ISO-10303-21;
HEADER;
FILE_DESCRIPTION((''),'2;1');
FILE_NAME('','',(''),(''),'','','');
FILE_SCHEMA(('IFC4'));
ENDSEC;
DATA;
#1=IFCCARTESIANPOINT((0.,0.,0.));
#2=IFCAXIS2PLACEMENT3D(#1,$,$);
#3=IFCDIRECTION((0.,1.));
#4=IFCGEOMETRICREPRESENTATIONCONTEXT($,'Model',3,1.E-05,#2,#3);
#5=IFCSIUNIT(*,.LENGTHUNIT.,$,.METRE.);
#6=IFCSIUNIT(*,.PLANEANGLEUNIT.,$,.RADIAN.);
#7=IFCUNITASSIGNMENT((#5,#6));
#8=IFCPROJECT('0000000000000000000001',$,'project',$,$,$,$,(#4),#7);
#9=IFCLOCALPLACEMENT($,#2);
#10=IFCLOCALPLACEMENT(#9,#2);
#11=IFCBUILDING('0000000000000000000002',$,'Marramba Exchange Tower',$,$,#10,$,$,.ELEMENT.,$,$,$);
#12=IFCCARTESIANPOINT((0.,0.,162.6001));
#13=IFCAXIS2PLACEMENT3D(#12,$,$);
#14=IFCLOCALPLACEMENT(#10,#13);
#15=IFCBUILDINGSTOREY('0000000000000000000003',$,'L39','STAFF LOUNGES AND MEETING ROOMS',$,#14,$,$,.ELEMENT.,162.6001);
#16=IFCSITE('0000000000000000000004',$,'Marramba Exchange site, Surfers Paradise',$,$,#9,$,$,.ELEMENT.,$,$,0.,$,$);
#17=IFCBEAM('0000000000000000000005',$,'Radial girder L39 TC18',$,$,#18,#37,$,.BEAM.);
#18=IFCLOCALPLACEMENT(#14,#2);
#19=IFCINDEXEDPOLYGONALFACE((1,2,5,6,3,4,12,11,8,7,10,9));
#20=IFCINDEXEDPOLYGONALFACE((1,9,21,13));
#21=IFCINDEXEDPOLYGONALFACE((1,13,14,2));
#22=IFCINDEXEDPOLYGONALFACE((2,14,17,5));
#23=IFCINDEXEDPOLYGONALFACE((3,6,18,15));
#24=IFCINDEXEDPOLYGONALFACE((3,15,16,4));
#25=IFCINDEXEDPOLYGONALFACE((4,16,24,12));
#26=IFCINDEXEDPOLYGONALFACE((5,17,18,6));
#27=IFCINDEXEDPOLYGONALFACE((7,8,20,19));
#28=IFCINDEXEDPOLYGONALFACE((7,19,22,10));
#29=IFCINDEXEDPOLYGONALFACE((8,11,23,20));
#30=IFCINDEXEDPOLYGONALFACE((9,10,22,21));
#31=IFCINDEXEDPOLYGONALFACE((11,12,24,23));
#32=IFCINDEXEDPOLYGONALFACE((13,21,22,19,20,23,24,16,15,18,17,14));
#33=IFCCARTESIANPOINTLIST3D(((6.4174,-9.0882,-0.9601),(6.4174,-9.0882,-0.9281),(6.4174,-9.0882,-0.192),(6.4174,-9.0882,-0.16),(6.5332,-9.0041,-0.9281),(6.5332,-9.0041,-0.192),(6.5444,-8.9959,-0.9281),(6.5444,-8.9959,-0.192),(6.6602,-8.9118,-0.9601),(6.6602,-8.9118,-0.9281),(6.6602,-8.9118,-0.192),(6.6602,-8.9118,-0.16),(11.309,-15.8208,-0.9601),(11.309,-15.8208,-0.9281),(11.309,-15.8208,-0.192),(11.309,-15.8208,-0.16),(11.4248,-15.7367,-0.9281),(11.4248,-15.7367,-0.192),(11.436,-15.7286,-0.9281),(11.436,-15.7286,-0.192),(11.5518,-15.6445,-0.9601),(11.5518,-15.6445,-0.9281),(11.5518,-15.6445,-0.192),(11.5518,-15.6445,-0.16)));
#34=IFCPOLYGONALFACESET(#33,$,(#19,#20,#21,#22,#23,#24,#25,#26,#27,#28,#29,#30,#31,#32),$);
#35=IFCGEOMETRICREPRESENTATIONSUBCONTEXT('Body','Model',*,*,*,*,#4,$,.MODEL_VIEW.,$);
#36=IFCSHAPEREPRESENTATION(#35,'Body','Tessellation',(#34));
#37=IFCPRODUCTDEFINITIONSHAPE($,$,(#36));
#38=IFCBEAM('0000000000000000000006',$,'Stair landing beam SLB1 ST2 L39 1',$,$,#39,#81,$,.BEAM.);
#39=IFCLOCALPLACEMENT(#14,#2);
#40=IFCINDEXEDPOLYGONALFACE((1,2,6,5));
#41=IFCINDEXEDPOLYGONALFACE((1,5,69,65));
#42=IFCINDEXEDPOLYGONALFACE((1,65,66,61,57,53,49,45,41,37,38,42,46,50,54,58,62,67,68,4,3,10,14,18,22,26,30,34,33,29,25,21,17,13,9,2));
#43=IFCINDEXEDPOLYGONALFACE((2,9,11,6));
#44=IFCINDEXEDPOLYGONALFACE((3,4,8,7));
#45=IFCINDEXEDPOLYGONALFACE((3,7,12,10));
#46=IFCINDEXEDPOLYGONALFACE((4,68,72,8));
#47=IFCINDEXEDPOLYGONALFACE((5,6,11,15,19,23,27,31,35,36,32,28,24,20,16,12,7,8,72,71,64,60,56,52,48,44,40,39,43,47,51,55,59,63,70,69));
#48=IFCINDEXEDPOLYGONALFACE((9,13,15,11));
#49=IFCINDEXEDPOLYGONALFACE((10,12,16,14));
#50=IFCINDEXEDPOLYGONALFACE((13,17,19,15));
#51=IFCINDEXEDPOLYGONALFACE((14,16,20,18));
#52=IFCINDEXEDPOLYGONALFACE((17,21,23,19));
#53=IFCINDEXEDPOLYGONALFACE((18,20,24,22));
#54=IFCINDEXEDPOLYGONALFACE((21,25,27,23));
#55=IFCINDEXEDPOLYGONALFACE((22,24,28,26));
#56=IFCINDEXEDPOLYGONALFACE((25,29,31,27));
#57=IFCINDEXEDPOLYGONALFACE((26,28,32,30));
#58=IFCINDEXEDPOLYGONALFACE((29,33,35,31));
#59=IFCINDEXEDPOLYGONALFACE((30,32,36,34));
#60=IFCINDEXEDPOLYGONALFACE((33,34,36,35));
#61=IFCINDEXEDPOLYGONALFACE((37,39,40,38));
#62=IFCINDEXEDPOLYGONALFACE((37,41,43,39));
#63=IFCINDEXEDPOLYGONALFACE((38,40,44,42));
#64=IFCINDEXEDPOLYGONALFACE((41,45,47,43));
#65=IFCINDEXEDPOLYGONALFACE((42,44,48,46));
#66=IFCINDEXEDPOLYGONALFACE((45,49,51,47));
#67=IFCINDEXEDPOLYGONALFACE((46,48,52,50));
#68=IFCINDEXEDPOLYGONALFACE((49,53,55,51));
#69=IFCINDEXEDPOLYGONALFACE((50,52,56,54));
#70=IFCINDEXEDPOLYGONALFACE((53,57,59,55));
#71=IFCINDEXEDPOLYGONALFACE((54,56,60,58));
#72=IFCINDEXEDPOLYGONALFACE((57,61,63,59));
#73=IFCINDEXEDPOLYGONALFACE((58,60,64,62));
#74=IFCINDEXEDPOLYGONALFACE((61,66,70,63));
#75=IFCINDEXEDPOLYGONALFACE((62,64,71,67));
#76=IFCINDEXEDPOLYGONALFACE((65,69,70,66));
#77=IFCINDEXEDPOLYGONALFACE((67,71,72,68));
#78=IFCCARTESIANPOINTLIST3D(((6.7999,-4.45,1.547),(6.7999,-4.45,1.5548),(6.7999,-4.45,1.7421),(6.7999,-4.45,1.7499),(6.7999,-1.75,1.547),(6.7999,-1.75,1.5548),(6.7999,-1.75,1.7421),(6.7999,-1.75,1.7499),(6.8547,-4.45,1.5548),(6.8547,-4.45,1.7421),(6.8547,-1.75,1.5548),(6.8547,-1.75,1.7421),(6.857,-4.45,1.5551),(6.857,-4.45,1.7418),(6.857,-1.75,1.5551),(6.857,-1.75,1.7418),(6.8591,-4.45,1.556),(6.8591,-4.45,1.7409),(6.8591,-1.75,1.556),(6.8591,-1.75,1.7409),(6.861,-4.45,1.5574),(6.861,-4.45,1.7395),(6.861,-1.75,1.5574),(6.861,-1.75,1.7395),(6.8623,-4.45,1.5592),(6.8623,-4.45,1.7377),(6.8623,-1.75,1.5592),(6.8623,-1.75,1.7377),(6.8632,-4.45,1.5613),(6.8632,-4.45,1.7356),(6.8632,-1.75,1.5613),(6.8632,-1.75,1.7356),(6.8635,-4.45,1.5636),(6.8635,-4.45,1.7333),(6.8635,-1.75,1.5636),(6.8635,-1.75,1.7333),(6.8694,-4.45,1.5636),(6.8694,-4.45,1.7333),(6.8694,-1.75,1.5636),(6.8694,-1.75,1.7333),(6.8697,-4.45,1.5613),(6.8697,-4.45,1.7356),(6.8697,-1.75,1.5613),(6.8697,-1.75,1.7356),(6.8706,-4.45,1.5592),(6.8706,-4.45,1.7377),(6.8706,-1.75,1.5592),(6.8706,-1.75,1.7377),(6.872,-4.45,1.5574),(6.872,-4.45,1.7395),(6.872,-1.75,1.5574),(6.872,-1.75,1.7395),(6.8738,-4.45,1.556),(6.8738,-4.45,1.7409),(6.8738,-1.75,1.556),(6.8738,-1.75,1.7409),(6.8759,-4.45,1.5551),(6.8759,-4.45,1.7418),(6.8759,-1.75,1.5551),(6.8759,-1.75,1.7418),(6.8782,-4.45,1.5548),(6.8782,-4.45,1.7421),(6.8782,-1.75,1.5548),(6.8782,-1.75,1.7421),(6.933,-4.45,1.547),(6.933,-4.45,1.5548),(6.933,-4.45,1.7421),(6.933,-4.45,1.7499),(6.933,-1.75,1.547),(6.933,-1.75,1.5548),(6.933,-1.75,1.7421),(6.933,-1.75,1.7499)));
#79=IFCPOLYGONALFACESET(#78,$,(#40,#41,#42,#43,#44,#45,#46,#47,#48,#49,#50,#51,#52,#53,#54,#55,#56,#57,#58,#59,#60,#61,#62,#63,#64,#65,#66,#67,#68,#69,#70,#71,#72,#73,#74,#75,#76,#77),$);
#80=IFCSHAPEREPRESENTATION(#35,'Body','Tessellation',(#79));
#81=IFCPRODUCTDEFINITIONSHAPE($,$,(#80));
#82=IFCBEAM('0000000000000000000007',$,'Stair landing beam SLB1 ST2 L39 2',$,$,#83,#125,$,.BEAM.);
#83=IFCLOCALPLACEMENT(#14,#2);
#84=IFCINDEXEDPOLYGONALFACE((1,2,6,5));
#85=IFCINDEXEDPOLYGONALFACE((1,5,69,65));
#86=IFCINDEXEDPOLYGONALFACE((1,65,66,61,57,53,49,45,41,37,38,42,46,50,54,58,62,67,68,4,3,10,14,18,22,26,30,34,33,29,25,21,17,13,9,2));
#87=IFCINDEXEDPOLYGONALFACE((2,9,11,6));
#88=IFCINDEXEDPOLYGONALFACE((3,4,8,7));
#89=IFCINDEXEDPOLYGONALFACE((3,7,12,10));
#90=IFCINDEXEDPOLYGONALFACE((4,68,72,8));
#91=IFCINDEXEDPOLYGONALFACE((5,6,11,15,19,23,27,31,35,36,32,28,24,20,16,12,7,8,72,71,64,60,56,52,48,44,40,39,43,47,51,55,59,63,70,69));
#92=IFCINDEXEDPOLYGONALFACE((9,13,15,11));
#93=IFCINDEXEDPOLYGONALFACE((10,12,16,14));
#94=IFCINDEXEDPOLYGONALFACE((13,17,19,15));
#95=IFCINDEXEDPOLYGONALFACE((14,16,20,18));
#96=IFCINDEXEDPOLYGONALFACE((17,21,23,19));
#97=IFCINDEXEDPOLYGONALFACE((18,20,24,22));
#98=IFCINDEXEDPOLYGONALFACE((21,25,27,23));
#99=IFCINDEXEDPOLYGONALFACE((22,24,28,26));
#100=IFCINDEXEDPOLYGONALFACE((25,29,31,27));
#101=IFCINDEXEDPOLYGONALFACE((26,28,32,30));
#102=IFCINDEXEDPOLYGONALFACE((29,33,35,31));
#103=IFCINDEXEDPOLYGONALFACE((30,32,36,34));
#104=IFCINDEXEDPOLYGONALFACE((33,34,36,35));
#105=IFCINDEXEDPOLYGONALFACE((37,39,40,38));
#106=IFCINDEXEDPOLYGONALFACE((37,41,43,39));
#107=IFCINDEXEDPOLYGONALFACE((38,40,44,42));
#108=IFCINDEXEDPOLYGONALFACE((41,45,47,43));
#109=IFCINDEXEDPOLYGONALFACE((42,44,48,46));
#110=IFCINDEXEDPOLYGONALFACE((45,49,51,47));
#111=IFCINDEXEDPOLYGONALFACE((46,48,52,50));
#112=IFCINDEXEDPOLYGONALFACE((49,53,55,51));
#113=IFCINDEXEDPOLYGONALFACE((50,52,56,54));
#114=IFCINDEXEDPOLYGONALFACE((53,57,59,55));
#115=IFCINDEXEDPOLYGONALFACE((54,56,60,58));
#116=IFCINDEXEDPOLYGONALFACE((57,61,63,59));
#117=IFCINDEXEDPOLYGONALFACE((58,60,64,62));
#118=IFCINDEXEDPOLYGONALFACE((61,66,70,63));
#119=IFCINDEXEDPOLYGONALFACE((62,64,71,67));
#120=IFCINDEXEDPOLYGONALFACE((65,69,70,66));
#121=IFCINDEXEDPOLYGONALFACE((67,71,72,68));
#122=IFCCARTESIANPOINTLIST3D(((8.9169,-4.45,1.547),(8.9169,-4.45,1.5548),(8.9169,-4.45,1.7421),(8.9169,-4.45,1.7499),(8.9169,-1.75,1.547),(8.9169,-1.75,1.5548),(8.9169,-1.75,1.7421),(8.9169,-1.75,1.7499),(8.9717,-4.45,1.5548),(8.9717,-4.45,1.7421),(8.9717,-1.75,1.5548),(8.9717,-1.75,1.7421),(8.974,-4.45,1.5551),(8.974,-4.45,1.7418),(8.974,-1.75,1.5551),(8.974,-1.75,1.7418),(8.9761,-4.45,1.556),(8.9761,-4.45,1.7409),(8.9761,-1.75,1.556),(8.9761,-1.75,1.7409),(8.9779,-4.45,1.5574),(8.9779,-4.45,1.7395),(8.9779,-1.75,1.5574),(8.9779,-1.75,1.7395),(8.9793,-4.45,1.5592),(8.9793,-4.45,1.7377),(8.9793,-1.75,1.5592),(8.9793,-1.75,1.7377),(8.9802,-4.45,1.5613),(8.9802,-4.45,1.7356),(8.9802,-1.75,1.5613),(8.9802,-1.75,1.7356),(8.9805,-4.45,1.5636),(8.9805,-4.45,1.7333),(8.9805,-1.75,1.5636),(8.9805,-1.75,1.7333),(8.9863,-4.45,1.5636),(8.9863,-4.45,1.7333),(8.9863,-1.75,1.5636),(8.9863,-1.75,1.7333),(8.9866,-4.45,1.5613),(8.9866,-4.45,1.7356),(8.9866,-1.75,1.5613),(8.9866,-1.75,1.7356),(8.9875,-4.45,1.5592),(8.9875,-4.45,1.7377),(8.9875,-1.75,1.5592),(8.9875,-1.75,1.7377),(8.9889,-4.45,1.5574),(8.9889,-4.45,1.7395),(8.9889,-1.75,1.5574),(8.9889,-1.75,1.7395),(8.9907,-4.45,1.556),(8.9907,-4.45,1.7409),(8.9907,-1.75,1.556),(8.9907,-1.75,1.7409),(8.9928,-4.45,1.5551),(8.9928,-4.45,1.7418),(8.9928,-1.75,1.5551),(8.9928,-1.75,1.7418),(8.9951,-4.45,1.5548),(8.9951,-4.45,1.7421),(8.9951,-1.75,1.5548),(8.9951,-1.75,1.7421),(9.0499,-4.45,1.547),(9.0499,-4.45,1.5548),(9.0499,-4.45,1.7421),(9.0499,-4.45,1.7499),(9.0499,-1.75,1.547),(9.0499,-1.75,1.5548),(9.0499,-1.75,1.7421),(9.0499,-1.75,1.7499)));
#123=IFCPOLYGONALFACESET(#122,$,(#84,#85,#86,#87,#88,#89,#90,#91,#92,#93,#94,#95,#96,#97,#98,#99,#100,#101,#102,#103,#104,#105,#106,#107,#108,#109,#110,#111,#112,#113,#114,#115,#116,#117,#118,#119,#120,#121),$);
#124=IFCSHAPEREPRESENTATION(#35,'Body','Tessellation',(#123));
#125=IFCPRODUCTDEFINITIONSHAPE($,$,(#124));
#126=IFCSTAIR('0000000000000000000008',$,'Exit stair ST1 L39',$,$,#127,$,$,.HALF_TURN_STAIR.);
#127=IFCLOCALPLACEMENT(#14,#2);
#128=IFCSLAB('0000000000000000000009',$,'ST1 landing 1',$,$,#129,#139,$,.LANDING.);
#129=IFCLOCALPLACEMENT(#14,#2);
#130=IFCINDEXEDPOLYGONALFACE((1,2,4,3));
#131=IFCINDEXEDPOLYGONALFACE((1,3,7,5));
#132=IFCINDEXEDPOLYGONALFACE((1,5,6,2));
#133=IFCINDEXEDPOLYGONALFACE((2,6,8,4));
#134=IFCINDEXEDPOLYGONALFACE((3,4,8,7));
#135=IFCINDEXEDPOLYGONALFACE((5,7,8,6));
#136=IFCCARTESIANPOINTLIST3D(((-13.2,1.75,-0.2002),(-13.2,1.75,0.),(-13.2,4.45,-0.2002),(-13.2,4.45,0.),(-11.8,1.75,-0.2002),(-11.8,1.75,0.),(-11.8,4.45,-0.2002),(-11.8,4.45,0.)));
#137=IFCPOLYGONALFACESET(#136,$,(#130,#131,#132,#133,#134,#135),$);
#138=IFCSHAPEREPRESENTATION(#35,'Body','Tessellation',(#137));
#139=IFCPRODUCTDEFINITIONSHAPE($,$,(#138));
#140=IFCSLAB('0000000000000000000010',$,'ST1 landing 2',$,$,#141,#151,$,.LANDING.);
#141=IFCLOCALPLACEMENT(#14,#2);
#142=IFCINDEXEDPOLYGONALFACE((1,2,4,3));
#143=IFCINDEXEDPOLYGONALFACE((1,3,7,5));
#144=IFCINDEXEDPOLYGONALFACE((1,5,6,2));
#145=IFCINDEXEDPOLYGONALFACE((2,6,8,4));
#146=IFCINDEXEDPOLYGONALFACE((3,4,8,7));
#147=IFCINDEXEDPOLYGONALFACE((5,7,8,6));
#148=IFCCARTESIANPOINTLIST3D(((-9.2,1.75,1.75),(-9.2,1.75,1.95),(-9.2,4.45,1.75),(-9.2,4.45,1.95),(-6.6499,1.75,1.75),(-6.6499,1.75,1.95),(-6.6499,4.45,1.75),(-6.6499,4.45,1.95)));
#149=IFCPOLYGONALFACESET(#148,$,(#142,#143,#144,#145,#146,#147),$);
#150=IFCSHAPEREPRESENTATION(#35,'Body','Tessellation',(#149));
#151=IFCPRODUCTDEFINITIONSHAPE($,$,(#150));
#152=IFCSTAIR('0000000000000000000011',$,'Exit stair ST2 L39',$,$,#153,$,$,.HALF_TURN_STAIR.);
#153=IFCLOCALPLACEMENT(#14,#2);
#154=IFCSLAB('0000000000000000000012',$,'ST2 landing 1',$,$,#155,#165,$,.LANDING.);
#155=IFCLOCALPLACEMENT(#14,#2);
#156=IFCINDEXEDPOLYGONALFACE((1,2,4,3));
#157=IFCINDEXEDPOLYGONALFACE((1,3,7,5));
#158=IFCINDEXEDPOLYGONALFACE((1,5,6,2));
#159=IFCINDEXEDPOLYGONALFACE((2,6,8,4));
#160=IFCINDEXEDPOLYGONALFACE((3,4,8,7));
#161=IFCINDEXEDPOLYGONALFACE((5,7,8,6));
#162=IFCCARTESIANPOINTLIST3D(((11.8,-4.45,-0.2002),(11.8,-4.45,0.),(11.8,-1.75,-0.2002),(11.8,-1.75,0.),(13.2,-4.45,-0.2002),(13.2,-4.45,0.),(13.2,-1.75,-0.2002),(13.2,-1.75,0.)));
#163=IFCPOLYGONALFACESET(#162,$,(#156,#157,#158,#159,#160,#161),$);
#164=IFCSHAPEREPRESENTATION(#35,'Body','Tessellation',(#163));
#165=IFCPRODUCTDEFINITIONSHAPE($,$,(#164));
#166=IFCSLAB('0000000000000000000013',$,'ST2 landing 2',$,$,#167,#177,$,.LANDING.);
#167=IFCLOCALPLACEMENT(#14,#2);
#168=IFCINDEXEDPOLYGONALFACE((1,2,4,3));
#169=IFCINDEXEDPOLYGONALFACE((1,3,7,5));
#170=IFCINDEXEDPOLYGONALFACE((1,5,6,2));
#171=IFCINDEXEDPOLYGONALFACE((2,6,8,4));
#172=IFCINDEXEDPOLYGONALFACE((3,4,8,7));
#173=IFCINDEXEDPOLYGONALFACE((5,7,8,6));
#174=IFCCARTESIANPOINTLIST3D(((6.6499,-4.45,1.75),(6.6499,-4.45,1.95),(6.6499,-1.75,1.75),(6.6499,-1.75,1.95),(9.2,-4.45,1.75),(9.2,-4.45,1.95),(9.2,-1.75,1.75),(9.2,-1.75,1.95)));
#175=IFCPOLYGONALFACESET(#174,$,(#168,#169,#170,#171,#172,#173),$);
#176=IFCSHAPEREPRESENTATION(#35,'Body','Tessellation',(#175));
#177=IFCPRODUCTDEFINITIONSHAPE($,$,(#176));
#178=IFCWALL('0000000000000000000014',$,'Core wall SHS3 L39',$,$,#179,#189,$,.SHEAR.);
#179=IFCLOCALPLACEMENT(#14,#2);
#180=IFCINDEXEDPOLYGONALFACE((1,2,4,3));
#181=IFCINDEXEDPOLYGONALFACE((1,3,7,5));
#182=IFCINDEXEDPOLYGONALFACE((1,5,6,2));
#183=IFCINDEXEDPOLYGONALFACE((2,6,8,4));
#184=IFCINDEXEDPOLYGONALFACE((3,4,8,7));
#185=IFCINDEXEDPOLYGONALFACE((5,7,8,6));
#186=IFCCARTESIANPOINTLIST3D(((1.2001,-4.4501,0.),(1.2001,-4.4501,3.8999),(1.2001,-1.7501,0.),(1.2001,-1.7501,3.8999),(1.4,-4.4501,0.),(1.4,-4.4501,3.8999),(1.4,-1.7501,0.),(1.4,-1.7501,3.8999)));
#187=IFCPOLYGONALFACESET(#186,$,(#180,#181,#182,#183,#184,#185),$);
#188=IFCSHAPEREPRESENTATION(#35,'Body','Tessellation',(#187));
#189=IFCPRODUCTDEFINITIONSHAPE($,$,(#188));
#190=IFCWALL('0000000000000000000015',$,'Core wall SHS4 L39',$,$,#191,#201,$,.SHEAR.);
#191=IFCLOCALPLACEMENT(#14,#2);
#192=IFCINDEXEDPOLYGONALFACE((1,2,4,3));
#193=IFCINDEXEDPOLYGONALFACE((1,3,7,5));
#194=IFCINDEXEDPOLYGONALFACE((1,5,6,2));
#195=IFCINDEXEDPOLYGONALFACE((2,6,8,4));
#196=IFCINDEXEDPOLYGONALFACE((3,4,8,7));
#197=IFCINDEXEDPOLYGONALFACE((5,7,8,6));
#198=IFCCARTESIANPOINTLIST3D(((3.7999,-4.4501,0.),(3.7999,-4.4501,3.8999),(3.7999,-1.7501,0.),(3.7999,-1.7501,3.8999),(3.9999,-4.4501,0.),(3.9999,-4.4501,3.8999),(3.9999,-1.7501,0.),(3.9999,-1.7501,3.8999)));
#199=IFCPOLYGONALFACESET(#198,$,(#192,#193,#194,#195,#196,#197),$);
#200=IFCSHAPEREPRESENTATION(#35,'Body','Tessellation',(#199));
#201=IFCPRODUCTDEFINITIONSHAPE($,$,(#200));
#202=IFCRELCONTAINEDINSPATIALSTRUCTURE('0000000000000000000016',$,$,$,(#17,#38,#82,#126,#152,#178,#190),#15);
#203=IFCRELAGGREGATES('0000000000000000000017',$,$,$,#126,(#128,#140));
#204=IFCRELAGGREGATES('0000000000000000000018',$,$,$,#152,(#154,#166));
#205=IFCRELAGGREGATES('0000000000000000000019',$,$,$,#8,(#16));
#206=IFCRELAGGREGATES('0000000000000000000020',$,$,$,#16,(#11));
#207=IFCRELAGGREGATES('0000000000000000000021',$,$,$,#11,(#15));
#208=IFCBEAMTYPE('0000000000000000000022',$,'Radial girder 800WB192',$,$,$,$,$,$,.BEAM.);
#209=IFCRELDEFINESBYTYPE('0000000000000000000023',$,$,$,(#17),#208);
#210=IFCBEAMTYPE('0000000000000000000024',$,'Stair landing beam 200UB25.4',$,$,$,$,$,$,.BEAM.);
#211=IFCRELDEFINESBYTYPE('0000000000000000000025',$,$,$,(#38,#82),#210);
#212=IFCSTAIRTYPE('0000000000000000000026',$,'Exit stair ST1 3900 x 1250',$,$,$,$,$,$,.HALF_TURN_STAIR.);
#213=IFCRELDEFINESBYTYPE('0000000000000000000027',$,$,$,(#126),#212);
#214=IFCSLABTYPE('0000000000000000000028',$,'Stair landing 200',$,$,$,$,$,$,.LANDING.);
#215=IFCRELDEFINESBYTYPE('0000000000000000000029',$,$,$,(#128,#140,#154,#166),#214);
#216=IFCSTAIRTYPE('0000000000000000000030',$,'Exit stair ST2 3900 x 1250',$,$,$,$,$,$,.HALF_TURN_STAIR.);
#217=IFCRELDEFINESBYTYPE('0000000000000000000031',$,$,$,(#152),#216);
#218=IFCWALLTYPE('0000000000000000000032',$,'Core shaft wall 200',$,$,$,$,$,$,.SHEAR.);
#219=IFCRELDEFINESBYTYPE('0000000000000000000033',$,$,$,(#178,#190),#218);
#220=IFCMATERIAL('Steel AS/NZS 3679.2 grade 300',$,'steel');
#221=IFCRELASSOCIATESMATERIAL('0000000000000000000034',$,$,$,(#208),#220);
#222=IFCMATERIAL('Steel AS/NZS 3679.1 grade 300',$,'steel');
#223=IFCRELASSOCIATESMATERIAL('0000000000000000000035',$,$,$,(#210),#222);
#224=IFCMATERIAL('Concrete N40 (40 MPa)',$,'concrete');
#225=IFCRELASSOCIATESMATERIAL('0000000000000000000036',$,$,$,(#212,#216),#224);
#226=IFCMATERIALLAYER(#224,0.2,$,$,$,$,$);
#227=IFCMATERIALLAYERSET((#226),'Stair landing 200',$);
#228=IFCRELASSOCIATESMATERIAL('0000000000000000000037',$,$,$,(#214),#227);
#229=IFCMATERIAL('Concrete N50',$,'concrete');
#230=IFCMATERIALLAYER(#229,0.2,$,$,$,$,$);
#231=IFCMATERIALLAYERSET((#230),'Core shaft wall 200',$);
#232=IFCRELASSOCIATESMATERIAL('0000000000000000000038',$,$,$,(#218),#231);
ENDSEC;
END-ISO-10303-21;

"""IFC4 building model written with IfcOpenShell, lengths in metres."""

from ifc_helpers import new_model, si_unit, direction, frame, frame_2d, origin, origin_2d, place, context, subcontext, project, spatial, polyline, rectangle, i_section, outline, extrude, material, layer, layer_set, material_profile, profile_set, type_object, element, aggregate, save


model = new_model("IFC4")

# Units and contexts
model_context = context("Model", 3, precision=1e-05, world=origin(), true_north=direction((0.0, 1.0)))
body_context = subcontext(model_context, "Body", "Model", "MODEL_VIEW")
ifc_project = project(units=[si_unit("LENGTHUNIT", "METRE"), si_unit("PLANEANGLEUNIT", "RADIAN")], contexts=[model_context])

# Site, building, storey
site_placement = place(None, origin())
site = spatial("IfcSite", under=ifc_project, at=site_placement, Name="Marramba Exchange site, Surfers Paradise", CompositionType="ELEMENT", RefElevation=0.0)
building_placement = place(site_placement, origin())
building = spatial("IfcBuilding", under=site, at=building_placement, Name="Marramba Exchange Tower", CompositionType="ELEMENT")
storey_placement = place(building_placement, frame((0.0, 0.0, 162.6001)))
storey = spatial("IfcBuildingStorey", under=building, at=storey_placement, Name="L39", Description="STAFF LOUNGES AND MEETING ROOMS", CompositionType="ELEMENT", Elevation=162.6001)

# Beams
ifc_material_1 = material(Name="Steel AS/NZS 3679.1 grade 300", Category="steel")
ifc_material_2 = material(Name="Steel AS/NZS 3679.2 grade 300", Category="steel")
ifc_material_profile_1 = material_profile(ifc_material_2, i_section(OverallWidth=0.3, OverallDepth=0.8, WebThickness=0.0139, FlangeThickness=0.032, at=origin_2d()), Name="800WB192")
ifc_profile_set_1 = profile_set([ifc_material_profile_1], Name="Steel AS/NZS 3679.2 grade 300")
beam_type_1 = type_object("IfcBeamType", Name="Radial girder 800WB192", PredefinedType="BEAM", material=ifc_profile_set_1)
beam_1_placement = place(storey_placement, frame((6.5388, -9.0, -0.5601), z_axis=(0.587788, -0.809015, 0.0), x_axis=(0.809015, 0.587788, 0.0)))
element("IfcBeam", 1, at=beam_1_placement, inside=storey, type_object=beam_type_1, Name="Radial girder L39 TC18", PredefinedType="BEAM", context=body_context, shape_type="SweptSolid", body=[
    extrude(i_section(OverallWidth=0.3, OverallDepth=0.8, WebThickness=0.0139, FlangeThickness=0.032, at=origin_2d()), origin(), (0.0, 0.0, 1.0), 8.322),
])
ifc_material_profile_2 = material_profile(ifc_material_1, i_section(OverallWidth=0.1331, OverallDepth=0.2029, WebThickness=0.0059, FlangeThickness=0.0078, FilletRadius=0.0088, at=origin_2d()), Name="200UB25.4")
ifc_profile_set_2 = profile_set([ifc_material_profile_2], Name="Steel AS/NZS 3679.1 grade 300")
beam_type_2 = type_object("IfcBeamType", Name="Stair landing beam 200UB25.4", PredefinedType="BEAM", material=ifc_profile_set_2)
for number, where, z_axis, x_axis, name in (
    (2, (6.8665, -4.45, 1.6484), (0.0, 1.0, 0.0), (-1.0, 0.0, 0.0), "Stair landing beam SLB1 ST2 L39 1"),
    (3, (8.9834, -4.45, 1.6484), (0.0, 1.0, 0.0), (-1.0, 0.0, 0.0), "Stair landing beam SLB1 ST2 L39 2"),
):
    element("IfcBeam", number, at=place(storey_placement, frame(where, z_axis=z_axis, x_axis=x_axis)), inside=storey, type_object=beam_type_2, Name=name, PredefinedType="BEAM", context=body_context, shape_type="SweptSolid", body=[
        extrude(i_section(OverallWidth=0.1331, OverallDepth=0.2029, WebThickness=0.0059, FlangeThickness=0.0078, FilletRadius=0.0088, at=origin_2d()), origin(), (0.0, 0.0, 1.0), 2.7),
    ])

# Stairs, slabs
ifc_material_3 = material(Name="Concrete N40 (40 MPa)", Category="concrete")
stair_type_1 = type_object("IfcStairType", Name="Exit stair ST1 3900 x 1250", PredefinedType="HALF_TURN_STAIR", material=ifc_material_3)
stair_1_placement = place(storey_placement, origin())
stair_1 = element("IfcStair", 4, at=stair_1_placement, inside=storey, type_object=stair_type_1, Name="Exit stair ST1 L39", PredefinedType="HALF_TURN_STAIR")
ifc_layer_1 = layer(ifc_material_3, 0.2)
ifc_layer_set_1 = layer_set([ifc_layer_1], Name="Stair landing 200")
slab_type = type_object("IfcSlabType", Name="Stair landing 200", PredefinedType="LANDING", material=ifc_layer_set_1)
slab_1_placement = place(storey_placement, frame((0.0, 0.0, -0.2002)))
slab_1 = element("IfcSlab", 5, at=slab_1_placement, type_object=slab_type, Name="ST1 landing 1", PredefinedType="LANDING", context=body_context, shape_type="SweptSolid", body=[
    extrude(outline(polyline([(-13.2, 1.75), (-11.8, 1.75), (-11.8, 4.45), (-13.2, 4.45), (-13.2, 1.75)])), origin(), (0.0, 0.0, 1.0), 0.2002),
])
slab_2_placement = place(storey_placement, frame((0.0, 0.0, 1.75)))
slab_2 = element("IfcSlab", 6, at=slab_2_placement, type_object=slab_type, Name="ST1 landing 2", PredefinedType="LANDING", context=body_context, shape_type="SweptSolid", body=[
    extrude(outline(polyline([(-9.2, 1.75), (-6.6499, 1.75), (-6.6499, 4.45), (-9.2, 4.45), (-9.2, 1.75)])), origin(), (0.0, 0.0, 1.0), 0.2),
])
aggregate(stair_1, [slab_1, slab_2])
stair_type_2 = type_object("IfcStairType", Name="Exit stair ST2 3900 x 1250", PredefinedType="HALF_TURN_STAIR", material=ifc_material_3)
stair_2_placement = place(storey_placement, origin())
stair_2 = element("IfcStair", 7, at=stair_2_placement, inside=storey, type_object=stair_type_2, Name="Exit stair ST2 L39", PredefinedType="HALF_TURN_STAIR")
slab_3_placement = place(storey_placement, frame((0.0, 0.0, -0.2002)))
slab_3 = element("IfcSlab", 8, at=slab_3_placement, type_object=slab_type, Name="ST2 landing 1", PredefinedType="LANDING", context=body_context, shape_type="SweptSolid", body=[
    extrude(outline(polyline([(11.8, -4.45), (13.2, -4.45), (13.2, -1.75), (11.8, -1.75), (11.8, -4.45)])), origin(), (0.0, 0.0, 1.0), 0.2002),
])
slab_4_placement = place(storey_placement, frame((0.0, 0.0, 1.75)))
slab_4 = element("IfcSlab", 9, at=slab_4_placement, type_object=slab_type, Name="ST2 landing 2", PredefinedType="LANDING", context=body_context, shape_type="SweptSolid", body=[
    extrude(outline(polyline([(6.6499, -4.45), (9.2, -4.45), (9.2, -1.75), (6.6499, -1.75), (6.6499, -4.45)])), origin(), (0.0, 0.0, 1.0), 0.2),
])

# Walls
ifc_material_4 = material(Name="Concrete N50", Category="concrete")
ifc_layer_2 = layer(ifc_material_4, 0.2)
ifc_layer_set_2 = layer_set([ifc_layer_2], Name="Core shaft wall 200")
wall_type_1 = type_object("IfcWallType", Name="Core shaft wall 200", PredefinedType="SHEAR", material=ifc_layer_set_2)
for number, where, z_axis, x_axis, name in (
    (10, (1.3, -1.75, 0.0), (0.0, 0.0, 1.0), (0.0, -1.0, 0.0), "Core wall SHS3 L39"),
    (11, (3.8999, -1.75, 0.0), (0.0, 0.0, 1.0), (0.0, -1.0, 0.0), "Core wall SHS4 L39"),
):
    element("IfcWall", number, at=place(storey_placement, frame(where, z_axis=z_axis, x_axis=x_axis)), inside=storey, type_object=wall_type_1, Name=name, PredefinedType="SHEAR", context=body_context, shape_type="SweptSolid", body=[
        extrude(rectangle(XDim=2.7, YDim=0.2, at=frame_2d((1.3501, 0.0))), origin(), (0.0, 0.0, 1.0), 3.8999),
    ])

aggregate(stair_2, [slab_3, slab_4])

save(model, "model.ifc")
